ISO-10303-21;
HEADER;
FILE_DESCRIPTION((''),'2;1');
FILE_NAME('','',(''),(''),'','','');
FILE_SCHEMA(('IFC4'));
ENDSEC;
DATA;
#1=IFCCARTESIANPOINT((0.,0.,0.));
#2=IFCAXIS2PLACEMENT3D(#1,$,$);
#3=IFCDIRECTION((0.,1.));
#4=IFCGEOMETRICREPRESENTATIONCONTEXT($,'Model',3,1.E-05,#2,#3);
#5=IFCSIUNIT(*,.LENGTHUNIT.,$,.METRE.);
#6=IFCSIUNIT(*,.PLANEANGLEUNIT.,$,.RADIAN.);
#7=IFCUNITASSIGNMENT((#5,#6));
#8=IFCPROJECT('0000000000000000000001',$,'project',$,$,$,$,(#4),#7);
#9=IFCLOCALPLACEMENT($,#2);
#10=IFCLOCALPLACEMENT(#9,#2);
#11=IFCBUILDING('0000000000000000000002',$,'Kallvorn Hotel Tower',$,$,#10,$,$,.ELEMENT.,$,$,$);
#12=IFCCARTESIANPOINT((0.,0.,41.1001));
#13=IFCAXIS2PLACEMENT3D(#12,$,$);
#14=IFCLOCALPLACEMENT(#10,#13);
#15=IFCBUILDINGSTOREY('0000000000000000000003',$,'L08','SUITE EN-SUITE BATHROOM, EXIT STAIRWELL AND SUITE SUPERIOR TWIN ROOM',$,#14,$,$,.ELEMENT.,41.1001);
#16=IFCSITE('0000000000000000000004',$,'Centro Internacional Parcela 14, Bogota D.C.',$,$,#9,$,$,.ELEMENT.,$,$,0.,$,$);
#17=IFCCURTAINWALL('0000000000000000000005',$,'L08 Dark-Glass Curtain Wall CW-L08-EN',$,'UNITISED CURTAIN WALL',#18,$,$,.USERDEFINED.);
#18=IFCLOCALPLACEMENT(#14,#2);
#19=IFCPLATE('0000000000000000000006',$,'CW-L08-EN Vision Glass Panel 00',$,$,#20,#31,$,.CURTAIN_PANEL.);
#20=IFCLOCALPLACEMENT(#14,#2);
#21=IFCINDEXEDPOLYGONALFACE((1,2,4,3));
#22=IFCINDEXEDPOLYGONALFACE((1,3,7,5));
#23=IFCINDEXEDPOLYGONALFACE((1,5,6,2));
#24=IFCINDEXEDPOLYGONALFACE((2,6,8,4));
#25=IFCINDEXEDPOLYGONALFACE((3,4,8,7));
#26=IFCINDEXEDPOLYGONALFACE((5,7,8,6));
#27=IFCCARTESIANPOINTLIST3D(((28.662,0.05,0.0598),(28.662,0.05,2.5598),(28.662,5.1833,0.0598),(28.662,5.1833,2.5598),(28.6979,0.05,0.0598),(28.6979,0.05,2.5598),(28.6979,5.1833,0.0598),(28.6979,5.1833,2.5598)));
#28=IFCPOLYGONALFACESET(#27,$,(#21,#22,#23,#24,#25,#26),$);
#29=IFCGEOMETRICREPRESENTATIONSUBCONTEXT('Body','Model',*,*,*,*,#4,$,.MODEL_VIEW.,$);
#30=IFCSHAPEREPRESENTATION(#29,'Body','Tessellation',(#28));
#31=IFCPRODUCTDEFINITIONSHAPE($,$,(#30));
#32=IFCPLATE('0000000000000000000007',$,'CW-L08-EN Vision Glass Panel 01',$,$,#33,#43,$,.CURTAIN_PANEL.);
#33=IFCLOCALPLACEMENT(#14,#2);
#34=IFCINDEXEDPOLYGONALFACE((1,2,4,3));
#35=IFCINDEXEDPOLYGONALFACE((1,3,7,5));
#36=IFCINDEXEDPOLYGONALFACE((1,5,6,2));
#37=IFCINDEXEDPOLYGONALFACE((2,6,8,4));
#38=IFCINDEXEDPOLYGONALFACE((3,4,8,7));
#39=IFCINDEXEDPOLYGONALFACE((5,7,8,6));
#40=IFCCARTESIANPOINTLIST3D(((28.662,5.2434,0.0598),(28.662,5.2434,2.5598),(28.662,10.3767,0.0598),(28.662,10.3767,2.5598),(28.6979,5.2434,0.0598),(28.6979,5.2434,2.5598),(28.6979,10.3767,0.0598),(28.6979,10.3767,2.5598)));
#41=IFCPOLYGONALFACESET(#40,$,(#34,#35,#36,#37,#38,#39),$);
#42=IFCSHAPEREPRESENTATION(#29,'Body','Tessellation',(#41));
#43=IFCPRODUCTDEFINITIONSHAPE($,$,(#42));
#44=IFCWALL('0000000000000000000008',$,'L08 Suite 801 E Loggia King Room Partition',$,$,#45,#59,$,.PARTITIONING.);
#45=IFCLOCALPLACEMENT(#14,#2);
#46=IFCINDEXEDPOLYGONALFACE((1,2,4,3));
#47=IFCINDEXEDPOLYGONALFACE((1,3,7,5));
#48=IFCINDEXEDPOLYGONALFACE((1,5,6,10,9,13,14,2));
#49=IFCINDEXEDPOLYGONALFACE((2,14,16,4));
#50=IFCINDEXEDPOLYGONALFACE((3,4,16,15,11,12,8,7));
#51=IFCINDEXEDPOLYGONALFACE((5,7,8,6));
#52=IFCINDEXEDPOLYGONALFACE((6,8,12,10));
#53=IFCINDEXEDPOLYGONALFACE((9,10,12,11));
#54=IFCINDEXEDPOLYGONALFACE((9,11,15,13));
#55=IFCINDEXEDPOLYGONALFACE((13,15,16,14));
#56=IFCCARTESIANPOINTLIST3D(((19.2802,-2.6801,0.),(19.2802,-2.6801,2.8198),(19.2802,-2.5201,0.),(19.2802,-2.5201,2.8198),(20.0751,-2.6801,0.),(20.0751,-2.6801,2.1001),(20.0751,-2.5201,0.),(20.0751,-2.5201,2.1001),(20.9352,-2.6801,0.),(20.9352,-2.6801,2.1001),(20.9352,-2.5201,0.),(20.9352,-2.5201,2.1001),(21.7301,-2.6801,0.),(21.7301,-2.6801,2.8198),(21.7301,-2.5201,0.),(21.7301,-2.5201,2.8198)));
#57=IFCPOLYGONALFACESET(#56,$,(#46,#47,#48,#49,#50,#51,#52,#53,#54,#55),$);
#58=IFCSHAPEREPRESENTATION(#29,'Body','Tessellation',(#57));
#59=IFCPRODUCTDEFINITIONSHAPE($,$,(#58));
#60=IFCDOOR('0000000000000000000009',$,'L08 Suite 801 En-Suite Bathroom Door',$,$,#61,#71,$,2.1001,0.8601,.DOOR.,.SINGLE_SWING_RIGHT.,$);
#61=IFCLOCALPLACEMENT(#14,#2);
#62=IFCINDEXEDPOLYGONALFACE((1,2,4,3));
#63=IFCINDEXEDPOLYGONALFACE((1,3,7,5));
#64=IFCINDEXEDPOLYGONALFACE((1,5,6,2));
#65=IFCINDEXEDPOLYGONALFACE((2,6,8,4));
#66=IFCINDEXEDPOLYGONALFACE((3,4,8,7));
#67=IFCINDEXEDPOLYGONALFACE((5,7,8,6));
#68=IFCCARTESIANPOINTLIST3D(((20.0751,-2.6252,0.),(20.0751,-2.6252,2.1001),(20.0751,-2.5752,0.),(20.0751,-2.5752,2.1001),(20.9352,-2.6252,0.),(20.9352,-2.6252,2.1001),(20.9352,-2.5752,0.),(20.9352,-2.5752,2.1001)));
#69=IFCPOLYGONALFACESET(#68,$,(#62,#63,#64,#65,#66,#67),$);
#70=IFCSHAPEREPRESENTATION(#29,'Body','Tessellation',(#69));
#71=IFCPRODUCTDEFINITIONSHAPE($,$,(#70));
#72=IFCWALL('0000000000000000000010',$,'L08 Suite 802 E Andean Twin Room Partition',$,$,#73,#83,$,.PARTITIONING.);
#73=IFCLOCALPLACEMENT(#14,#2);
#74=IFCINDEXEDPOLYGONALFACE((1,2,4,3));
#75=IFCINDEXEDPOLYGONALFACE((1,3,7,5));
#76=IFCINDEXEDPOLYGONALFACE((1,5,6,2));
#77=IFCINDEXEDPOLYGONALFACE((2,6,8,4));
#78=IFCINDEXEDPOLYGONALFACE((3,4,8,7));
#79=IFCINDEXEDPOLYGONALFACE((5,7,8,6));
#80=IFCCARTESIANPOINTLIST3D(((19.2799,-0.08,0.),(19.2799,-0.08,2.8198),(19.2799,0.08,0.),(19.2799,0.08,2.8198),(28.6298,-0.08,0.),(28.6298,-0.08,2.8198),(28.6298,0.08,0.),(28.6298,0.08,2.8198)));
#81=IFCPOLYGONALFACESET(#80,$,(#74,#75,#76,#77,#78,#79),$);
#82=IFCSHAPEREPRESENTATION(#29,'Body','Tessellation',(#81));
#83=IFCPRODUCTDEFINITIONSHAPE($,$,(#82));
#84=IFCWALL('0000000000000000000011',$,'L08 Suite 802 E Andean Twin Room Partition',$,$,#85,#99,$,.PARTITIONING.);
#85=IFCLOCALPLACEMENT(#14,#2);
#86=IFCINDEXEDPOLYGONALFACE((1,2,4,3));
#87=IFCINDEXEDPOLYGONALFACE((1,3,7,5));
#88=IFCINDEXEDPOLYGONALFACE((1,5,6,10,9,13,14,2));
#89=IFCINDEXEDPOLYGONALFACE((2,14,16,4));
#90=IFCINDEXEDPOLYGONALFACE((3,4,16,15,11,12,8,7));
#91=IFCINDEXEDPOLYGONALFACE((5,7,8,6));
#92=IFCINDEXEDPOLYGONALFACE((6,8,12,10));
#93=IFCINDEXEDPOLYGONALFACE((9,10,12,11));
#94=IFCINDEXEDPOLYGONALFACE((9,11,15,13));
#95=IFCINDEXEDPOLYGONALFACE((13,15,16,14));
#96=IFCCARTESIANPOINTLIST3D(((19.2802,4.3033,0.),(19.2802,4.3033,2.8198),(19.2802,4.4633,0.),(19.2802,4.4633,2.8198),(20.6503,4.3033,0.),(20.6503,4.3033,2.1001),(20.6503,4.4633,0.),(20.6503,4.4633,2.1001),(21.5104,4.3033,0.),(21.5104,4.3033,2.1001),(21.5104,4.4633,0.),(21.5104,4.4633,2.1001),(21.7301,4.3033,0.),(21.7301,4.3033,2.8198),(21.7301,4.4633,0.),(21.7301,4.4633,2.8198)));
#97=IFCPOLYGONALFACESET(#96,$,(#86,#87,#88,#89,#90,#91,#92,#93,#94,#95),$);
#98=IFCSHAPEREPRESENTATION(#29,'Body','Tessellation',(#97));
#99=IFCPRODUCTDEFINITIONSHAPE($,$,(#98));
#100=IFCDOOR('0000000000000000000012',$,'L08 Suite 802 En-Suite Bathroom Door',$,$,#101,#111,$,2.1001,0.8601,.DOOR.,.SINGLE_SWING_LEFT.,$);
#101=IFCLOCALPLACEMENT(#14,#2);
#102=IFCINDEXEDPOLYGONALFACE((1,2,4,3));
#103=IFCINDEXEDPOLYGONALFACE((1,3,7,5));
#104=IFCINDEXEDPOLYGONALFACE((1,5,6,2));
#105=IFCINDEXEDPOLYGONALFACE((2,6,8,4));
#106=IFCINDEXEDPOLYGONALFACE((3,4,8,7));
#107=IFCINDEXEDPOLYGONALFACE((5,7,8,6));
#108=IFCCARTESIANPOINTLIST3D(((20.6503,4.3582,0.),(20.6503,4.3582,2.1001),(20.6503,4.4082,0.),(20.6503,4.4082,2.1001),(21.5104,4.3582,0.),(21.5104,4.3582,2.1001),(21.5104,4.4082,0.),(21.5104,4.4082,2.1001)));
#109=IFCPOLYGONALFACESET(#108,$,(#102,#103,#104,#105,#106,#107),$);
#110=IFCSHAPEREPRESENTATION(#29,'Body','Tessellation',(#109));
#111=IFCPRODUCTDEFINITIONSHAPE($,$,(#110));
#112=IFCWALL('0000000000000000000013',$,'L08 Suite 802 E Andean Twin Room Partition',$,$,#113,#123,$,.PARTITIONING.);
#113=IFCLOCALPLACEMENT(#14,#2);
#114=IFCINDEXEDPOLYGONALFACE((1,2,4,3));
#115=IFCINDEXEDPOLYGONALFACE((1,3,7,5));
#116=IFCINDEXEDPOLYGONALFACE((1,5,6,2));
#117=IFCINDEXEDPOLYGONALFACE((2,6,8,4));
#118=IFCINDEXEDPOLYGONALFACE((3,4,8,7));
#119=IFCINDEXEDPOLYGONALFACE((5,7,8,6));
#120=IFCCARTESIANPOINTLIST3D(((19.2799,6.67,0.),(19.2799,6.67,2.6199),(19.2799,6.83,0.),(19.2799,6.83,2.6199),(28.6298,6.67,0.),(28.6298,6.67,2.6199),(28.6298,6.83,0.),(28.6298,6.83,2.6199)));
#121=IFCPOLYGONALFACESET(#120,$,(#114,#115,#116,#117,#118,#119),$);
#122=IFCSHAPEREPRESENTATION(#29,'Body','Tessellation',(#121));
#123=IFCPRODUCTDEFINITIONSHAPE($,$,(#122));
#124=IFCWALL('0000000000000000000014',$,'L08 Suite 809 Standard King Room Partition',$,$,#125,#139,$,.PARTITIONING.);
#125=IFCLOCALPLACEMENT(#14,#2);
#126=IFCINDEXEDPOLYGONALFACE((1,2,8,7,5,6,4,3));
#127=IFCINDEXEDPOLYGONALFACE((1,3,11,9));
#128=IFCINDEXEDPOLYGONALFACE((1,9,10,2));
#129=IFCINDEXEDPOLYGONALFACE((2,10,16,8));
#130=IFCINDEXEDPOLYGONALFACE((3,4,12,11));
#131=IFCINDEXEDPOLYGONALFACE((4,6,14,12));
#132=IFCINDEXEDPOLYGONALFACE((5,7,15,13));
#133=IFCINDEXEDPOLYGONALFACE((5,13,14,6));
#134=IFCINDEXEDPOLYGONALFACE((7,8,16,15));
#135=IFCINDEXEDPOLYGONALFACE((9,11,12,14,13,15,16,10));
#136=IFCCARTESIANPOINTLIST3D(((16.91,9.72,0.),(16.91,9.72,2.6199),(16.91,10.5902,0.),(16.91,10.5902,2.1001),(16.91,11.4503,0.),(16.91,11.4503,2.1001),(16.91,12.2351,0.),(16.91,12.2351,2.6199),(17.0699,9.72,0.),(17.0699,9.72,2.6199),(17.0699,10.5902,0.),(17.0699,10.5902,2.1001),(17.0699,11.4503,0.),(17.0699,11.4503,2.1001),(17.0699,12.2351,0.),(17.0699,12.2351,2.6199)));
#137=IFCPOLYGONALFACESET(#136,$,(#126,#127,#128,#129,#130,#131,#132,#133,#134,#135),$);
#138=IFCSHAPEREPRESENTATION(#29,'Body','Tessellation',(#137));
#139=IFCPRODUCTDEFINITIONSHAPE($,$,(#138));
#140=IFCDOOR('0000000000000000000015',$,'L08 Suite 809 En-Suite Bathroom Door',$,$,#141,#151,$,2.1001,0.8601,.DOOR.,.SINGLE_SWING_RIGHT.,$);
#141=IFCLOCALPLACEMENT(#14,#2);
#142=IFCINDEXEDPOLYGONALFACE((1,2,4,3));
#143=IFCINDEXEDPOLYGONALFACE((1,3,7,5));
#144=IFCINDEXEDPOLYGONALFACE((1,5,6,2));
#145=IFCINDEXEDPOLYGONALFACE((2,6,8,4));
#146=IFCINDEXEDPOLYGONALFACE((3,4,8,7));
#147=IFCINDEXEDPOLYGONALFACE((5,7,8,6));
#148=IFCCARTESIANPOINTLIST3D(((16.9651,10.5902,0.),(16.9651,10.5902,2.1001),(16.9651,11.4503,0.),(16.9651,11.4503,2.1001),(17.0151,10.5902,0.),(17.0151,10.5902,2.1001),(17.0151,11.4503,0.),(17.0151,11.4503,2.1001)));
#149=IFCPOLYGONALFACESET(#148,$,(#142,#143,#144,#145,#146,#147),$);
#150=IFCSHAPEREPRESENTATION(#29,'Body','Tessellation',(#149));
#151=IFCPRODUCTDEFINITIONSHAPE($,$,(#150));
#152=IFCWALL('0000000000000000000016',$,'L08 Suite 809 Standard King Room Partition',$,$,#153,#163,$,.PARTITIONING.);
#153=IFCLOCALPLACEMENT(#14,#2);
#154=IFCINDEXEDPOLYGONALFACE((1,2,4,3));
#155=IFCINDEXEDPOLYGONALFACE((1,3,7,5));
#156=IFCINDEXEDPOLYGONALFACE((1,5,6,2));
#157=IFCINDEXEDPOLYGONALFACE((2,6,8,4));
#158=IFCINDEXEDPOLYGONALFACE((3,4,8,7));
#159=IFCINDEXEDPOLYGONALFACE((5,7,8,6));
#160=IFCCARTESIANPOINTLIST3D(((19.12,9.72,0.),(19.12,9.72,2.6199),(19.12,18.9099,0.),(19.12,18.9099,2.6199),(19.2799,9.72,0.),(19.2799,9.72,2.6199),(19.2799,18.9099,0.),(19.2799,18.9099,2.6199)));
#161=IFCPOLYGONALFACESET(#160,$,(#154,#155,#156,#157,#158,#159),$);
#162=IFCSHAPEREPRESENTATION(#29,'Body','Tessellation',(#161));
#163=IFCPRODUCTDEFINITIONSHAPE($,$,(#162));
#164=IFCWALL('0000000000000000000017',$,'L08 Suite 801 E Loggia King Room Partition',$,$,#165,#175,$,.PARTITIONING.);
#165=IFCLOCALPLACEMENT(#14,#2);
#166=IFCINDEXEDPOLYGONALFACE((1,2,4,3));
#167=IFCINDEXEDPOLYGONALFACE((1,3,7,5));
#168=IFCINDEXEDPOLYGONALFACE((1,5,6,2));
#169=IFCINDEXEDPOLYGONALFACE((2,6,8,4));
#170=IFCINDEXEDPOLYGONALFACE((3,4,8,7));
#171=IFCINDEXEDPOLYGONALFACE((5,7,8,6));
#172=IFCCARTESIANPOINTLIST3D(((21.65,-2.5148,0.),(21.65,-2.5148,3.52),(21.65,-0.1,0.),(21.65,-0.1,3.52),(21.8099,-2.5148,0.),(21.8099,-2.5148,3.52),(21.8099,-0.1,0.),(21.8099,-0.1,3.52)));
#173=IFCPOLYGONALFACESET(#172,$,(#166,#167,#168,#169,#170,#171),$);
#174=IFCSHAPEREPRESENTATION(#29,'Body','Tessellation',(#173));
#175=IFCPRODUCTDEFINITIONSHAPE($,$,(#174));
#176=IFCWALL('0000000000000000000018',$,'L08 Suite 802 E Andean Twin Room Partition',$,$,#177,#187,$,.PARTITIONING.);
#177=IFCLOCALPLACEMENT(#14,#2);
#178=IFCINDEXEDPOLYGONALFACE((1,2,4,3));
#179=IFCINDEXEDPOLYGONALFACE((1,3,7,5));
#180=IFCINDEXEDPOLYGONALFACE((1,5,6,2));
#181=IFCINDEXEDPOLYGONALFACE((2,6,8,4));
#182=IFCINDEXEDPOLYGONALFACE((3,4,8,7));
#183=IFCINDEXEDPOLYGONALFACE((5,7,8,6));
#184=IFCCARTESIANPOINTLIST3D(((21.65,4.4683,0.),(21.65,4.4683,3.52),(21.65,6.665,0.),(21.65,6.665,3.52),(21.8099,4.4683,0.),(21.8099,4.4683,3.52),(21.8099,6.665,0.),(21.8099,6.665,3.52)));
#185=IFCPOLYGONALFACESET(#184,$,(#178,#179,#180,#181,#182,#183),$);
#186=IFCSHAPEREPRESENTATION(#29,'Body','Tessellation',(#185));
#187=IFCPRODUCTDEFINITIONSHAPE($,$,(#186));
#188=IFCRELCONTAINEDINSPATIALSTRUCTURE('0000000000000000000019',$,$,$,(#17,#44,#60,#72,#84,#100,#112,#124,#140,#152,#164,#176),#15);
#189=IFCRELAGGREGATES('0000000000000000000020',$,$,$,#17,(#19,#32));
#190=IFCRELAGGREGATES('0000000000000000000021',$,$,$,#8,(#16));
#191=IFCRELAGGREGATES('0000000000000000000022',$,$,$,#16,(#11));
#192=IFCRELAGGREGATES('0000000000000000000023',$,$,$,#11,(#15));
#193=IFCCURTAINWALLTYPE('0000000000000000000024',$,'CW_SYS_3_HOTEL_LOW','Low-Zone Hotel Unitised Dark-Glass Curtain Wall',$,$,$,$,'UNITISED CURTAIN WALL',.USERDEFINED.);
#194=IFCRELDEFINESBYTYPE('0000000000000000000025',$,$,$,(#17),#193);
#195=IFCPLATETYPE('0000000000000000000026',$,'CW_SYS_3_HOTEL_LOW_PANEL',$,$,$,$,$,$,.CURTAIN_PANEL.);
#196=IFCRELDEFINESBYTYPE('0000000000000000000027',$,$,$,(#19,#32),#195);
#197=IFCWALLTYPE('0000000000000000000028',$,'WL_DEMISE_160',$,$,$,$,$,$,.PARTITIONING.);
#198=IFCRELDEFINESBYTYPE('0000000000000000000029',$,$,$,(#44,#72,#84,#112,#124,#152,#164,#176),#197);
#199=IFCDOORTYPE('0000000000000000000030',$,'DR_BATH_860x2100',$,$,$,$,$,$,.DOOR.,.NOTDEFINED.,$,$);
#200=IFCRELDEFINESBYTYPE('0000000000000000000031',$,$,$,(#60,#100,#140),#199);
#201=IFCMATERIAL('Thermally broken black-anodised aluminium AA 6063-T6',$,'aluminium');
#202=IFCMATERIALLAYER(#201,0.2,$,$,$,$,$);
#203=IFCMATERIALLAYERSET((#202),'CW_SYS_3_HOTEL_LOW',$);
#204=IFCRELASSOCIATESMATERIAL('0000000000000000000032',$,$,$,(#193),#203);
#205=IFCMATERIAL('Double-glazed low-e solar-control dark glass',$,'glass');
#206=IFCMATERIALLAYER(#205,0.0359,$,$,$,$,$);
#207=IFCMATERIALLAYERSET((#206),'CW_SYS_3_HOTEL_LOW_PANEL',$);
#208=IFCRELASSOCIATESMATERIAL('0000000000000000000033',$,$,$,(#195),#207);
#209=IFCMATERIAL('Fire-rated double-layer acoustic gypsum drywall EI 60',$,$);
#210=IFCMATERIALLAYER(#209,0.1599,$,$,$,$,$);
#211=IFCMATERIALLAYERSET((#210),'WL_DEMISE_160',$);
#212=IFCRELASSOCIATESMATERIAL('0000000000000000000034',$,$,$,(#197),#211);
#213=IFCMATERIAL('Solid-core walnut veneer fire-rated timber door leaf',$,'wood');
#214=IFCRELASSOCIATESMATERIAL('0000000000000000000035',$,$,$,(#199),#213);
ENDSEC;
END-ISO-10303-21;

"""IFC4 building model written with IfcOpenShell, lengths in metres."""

from ifc_helpers import new_model, si_unit, direction, frame, frame_2d, origin, origin_2d, place, context, subcontext, project, spatial, rectangle, extrude, material, layer, layer_set, type_object, element, fill, aggregate, save


model = new_model("IFC4")

# Units and contexts
model_context = context("Model", 3, precision=1e-05, world=origin(), true_north=direction((0.0, 1.0)))
body_context = subcontext(model_context, "Body", "Model", "MODEL_VIEW")
ifc_project = project(units=[si_unit("LENGTHUNIT", "METRE"), si_unit("PLANEANGLEUNIT", "RADIAN")], contexts=[model_context])

# Site, building, storey
site_placement = place(None, origin())
site = spatial("IfcSite", under=ifc_project, at=site_placement, Name="Centro Internacional Parcela 14, Bogota D.C.", CompositionType="ELEMENT", RefElevation=0.0)
building_placement = place(site_placement, origin())
building = spatial("IfcBuilding", under=site, at=building_placement, Name="Kallvorn Hotel Tower", CompositionType="ELEMENT")
storey_placement = place(building_placement, frame((0.0, 0.0, 41.1001)))
storey = spatial("IfcBuildingStorey", under=building, at=storey_placement, Name="L08", Description="SUITE EN-SUITE BATHROOM, EXIT STAIRWELL AND SUITE SUPERIOR TWIN ROOM", CompositionType="ELEMENT", Elevation=41.1001)

# Curtain wall, plates
ifc_material_1 = material(Name="Thermally broken black-anodised aluminium AA 6063-T6", Category="aluminium")
ifc_layer_1 = layer(ifc_material_1, 0.2)
ifc_layer_set_1 = layer_set([ifc_layer_1], Name="CW_SYS_3_HOTEL_LOW")
curtain_wall_type = type_object("IfcCurtainWallType", Name="CW_SYS_3_HOTEL_LOW", Description="Low-Zone Hotel Unitised Dark-Glass Curtain Wall", ElementType="UNITISED CURTAIN WALL", PredefinedType="USERDEFINED", material=ifc_layer_set_1)
curtain_wall_placement = place(storey_placement, origin())
curtain_wall = element("IfcCurtainWall", 1, at=curtain_wall_placement, inside=storey, type_object=curtain_wall_type, Name="L08 Dark-Glass Curtain Wall CW-L08-EN", ObjectType="UNITISED CURTAIN WALL", PredefinedType="USERDEFINED")
ifc_material_2 = material(Name="Double-glazed low-e solar-control dark glass", Category="glass")
ifc_layer_2 = layer(ifc_material_2, 0.0359)
ifc_layer_set_2 = layer_set([ifc_layer_2], Name="CW_SYS_3_HOTEL_LOW_PANEL")
plate_type = type_object("IfcPlateType", Name="CW_SYS_3_HOTEL_LOW_PANEL", PredefinedType="CURTAIN_PANEL", material=ifc_layer_set_2)
plate_1_placement = place(storey_placement, frame((28.6799, 2.6167, 0.0598), z_axis=(0.0, 0.0, 1.0), x_axis=(0.0, 1.0, 0.0)))
plate_1 = element("IfcPlate", 2, at=plate_1_placement, type_object=plate_type, Name="CW-L08-EN Vision Glass Panel 00", PredefinedType="CURTAIN_PANEL", context=body_context, shape_type="SweptSolid", body=[
    extrude(rectangle(XDim=5.1333, YDim=0.0359, at=origin_2d()), origin(), (0.0, 0.0, 1.0), 2.5),
])
plate_2_placement = place(storey_placement, frame((28.6799, 7.8101, 0.0598), z_axis=(0.0, 0.0, 1.0), x_axis=(0.0, 1.0, 0.0)))
plate_2 = element("IfcPlate", 3, at=plate_2_placement, type_object=plate_type, Name="CW-L08-EN Vision Glass Panel 01", PredefinedType="CURTAIN_PANEL", context=body_context, shape_type="SweptSolid", body=[
    extrude(rectangle(XDim=5.1333, YDim=0.0359, at=origin_2d()), origin(), (0.0, 0.0, 1.0), 2.5),
])
aggregate(curtain_wall, [plate_1, plate_2])

# Wall, opening, door
ifc_material_3 = material(Name="Fire-rated double-layer acoustic gypsum drywall EI 60")
ifc_layer_3 = layer(ifc_material_3, 0.1599)
ifc_layer_set_3 = layer_set([ifc_layer_3], Name="WL_DEMISE_160")
wall_type = type_object("IfcWallType", Name="WL_DEMISE_160", PredefinedType="PARTITIONING", material=ifc_layer_set_3)
wall_1_placement = place(storey_placement, frame((19.28, -2.6001, 0.0), z_axis=(0.0, 0.0, 1.0), x_axis=(1.0, 0.0, 0.0)))
wall_1 = element("IfcWall", 4, at=wall_1_placement, inside=storey, type_object=wall_type, Name="L08 Suite 801 E Loggia King Room Partition", PredefinedType="PARTITIONING", context=body_context, shape_type="SweptSolid", body=[
    extrude(rectangle(XDim=2.45, YDim=0.1599, at=frame_2d((1.2251, 0.0))), origin(), (0.0, 0.0, 1.0), 2.8198),
])
opening_1_placement = place(wall_1_placement, frame((0.7949, 0.0, 0.0)))
opening_1 = element("IfcOpeningElement", 5, at=opening_1_placement, cuts=wall_1, PredefinedType="OPENING", context=body_context, shape_type="SweptSolid", body=[
    extrude(rectangle(XDim=0.8601, YDim=2.1001, at=frame_2d((0.4302, 1.05))), frame((0.0, 0.095, 0.0), z_axis=(0.0, -1.0, 0.0), x_axis=(1.0, 0.0, 0.0)), (0.0, 0.0, 1.0), 0.1899),
])
ifc_material_4 = material(Name="Solid-core walnut veneer fire-rated timber door leaf", Category="wood")
door_type = type_object("IfcDoorType", Name="DR_BATH_860x2100", OperationType="NOTDEFINED", PredefinedType="DOOR", material=ifc_material_4)
door_1_placement = place(opening_1_placement, origin())
door_1 = element("IfcDoor", 6, at=door_1_placement, inside=storey, type_object=door_type, Name="L08 Suite 801 En-Suite Bathroom Door", OperationType="SINGLE_SWING_RIGHT", OverallHeight=2.1001, OverallWidth=0.8601, PredefinedType="DOOR", context=body_context, shape_type="SweptSolid", body=[
    extrude(rectangle(XDim=0.8601, YDim=2.1001, at=frame_2d((0.4302, 1.05))), frame((0.0, 0.0249, 0.0), z_axis=(0.0, -1.0, 0.0), x_axis=(1.0, 0.0, 0.0)), (0.0, 0.0, 1.0), 0.05),
])
fill(opening_1, door_1)

# Wall
wall_2_placement = place(storey_placement, frame((19.28, 0.0, 0.0), z_axis=(0.0, 0.0, 1.0), x_axis=(1.0, 0.0, 0.0)))
element("IfcWall", 7, at=wall_2_placement, inside=storey, type_object=wall_type, Name="L08 Suite 802 E Andean Twin Room Partition", PredefinedType="PARTITIONING", context=body_context, shape_type="SweptSolid", body=[
    extrude(rectangle(XDim=9.3499, YDim=0.1599, at=frame_2d((4.6748, 0.0))), origin(), (0.0, 0.0, 1.0), 2.8198),
])

# Wall, opening, door
wall_3_placement = place(storey_placement, frame((19.28, 4.3833, 0.0), z_axis=(0.0, 0.0, 1.0), x_axis=(1.0, 0.0, 0.0)))
wall_3 = element("IfcWall", 8, at=wall_3_placement, inside=storey, type_object=wall_type, Name="L08 Suite 802 E Andean Twin Room Partition", PredefinedType="PARTITIONING", context=body_context, shape_type="SweptSolid", body=[
    extrude(rectangle(XDim=2.45, YDim=0.1599, at=frame_2d((1.2251, 0.0))), origin(), (0.0, 0.0, 1.0), 2.8198),
])
opening_2_placement = place(wall_3_placement, frame((1.3701, 0.0, 0.0)))
opening_2 = element("IfcOpeningElement", 9, at=opening_2_placement, cuts=wall_3, PredefinedType="OPENING", context=body_context, shape_type="SweptSolid", body=[
    extrude(rectangle(XDim=0.8601, YDim=2.1001, at=frame_2d((0.4302, 1.05))), frame((0.0, 0.095, 0.0), z_axis=(0.0, -1.0, 0.0), x_axis=(1.0, 0.0, 0.0)), (0.0, 0.0, 1.0), 0.1899),
])
door_2_placement = place(opening_2_placement, origin())
door_2 = element("IfcDoor", 10, at=door_2_placement, inside=storey, type_object=door_type, Name="L08 Suite 802 En-Suite Bathroom Door", OperationType="SINGLE_SWING_LEFT", OverallHeight=2.1001, OverallWidth=0.8601, PredefinedType="DOOR", context=body_context, shape_type="SweptSolid", body=[
    extrude(rectangle(XDim=0.8601, YDim=2.1001, at=frame_2d((0.4302, 1.05))), frame((0.0, 0.0249, 0.0), z_axis=(0.0, -1.0, 0.0), x_axis=(1.0, 0.0, 0.0)), (0.0, 0.0, 1.0), 0.05),
])
fill(opening_2, door_2)

# Wall
wall_4_placement = place(storey_placement, frame((19.28, 6.75, 0.0), z_axis=(0.0, 0.0, 1.0), x_axis=(1.0, 0.0, 0.0)))
element("IfcWall", 11, at=wall_4_placement, inside=storey, type_object=wall_type, Name="L08 Suite 802 E Andean Twin Room Partition", PredefinedType="PARTITIONING", context=body_context, shape_type="SweptSolid", body=[
    extrude(rectangle(XDim=9.3499, YDim=0.1599, at=frame_2d((4.6748, 0.0))), origin(), (0.0, 0.0, 1.0), 2.6199),
])

# Wall, opening, door
wall_5_placement = place(storey_placement, frame((16.99, 9.72, 0.0), z_axis=(0.0, 0.0, 1.0), x_axis=(0.0, 1.0, 0.0)))
wall_5 = element("IfcWall", 12, at=wall_5_placement, inside=storey, type_object=wall_type, Name="L08 Suite 809 Standard King Room Partition", PredefinedType="PARTITIONING", context=body_context, shape_type="SweptSolid", body=[
    extrude(rectangle(XDim=2.5151, YDim=0.1599, at=frame_2d((1.2576, 0.0))), origin(), (0.0, 0.0, 1.0), 2.6199),
])
opening_3_placement = place(wall_5_placement, frame((0.8701, 0.0, 0.0)))
opening_3 = element("IfcOpeningElement", 13, at=opening_3_placement, cuts=wall_5, PredefinedType="OPENING", context=body_context, shape_type="SweptSolid", body=[
    extrude(rectangle(XDim=0.8601, YDim=2.1001, at=frame_2d((0.4302, 1.05))), frame((0.0, 0.095, 0.0), z_axis=(0.0, -1.0, 0.0), x_axis=(1.0, 0.0, 0.0)), (0.0, 0.0, 1.0), 0.1899),
])
door_3_placement = place(opening_3_placement, origin())
door_3 = element("IfcDoor", 14, at=door_3_placement, inside=storey, type_object=door_type, Name="L08 Suite 809 En-Suite Bathroom Door", OperationType="SINGLE_SWING_RIGHT", OverallHeight=2.1001, OverallWidth=0.8601, PredefinedType="DOOR", context=body_context, shape_type="SweptSolid", body=[
    extrude(rectangle(XDim=0.8601, YDim=2.1001, at=frame_2d((0.4302, 1.05))), frame((0.0, 0.0249, 0.0), z_axis=(0.0, -1.0, 0.0), x_axis=(1.0, 0.0, 0.0)), (0.0, 0.0, 1.0), 0.05),
])
fill(opening_3, door_3)

# Walls
wall_6_placement = place(storey_placement, frame((19.2, 9.72, 0.0), z_axis=(0.0, 0.0, 1.0), x_axis=(0.0, 1.0, 0.0)))
element("IfcWall", 15, at=wall_6_placement, inside=storey, type_object=wall_type, Name="L08 Suite 809 Standard King Room Partition", PredefinedType="PARTITIONING", context=body_context, shape_type="SweptSolid", body=[
    extrude(rectangle(XDim=9.1899, YDim=0.1599, at=frame_2d((4.595, 0.0))), origin(), (0.0, 0.0, 1.0), 2.6199),
])
wall_7_placement = place(storey_placement, frame((21.73, -2.5149, 0.0), z_axis=(0.0, 0.0, 1.0), x_axis=(0.0, 1.0, 0.0)))
element("IfcWall", 16, at=wall_7_placement, inside=storey, type_object=wall_type, Name="L08 Suite 801 E Loggia King Room Partition", PredefinedType="PARTITIONING", context=body_context, shape_type="SweptSolid", body=[
    extrude(rectangle(XDim=2.4148, YDim=0.1599, at=frame_2d((1.2075, 0.0))), origin(), (0.0, 0.0, 1.0), 3.52),
])
wall_8_placement = place(storey_placement, frame((21.73, 4.4683, 0.0), z_axis=(0.0, 0.0, 1.0), x_axis=(0.0, 1.0, 0.0)))
element("IfcWall", 17, at=wall_8_placement, inside=storey, type_object=wall_type, Name="L08 Suite 802 E Andean Twin Room Partition", PredefinedType="PARTITIONING", context=body_context, shape_type="SweptSolid", body=[
    extrude(rectangle(XDim=2.1968, YDim=0.1599, at=frame_2d((1.0984, 0.0))), origin(), (0.0, 0.0, 1.0), 3.52),
])

save(model, "model.ifc")
